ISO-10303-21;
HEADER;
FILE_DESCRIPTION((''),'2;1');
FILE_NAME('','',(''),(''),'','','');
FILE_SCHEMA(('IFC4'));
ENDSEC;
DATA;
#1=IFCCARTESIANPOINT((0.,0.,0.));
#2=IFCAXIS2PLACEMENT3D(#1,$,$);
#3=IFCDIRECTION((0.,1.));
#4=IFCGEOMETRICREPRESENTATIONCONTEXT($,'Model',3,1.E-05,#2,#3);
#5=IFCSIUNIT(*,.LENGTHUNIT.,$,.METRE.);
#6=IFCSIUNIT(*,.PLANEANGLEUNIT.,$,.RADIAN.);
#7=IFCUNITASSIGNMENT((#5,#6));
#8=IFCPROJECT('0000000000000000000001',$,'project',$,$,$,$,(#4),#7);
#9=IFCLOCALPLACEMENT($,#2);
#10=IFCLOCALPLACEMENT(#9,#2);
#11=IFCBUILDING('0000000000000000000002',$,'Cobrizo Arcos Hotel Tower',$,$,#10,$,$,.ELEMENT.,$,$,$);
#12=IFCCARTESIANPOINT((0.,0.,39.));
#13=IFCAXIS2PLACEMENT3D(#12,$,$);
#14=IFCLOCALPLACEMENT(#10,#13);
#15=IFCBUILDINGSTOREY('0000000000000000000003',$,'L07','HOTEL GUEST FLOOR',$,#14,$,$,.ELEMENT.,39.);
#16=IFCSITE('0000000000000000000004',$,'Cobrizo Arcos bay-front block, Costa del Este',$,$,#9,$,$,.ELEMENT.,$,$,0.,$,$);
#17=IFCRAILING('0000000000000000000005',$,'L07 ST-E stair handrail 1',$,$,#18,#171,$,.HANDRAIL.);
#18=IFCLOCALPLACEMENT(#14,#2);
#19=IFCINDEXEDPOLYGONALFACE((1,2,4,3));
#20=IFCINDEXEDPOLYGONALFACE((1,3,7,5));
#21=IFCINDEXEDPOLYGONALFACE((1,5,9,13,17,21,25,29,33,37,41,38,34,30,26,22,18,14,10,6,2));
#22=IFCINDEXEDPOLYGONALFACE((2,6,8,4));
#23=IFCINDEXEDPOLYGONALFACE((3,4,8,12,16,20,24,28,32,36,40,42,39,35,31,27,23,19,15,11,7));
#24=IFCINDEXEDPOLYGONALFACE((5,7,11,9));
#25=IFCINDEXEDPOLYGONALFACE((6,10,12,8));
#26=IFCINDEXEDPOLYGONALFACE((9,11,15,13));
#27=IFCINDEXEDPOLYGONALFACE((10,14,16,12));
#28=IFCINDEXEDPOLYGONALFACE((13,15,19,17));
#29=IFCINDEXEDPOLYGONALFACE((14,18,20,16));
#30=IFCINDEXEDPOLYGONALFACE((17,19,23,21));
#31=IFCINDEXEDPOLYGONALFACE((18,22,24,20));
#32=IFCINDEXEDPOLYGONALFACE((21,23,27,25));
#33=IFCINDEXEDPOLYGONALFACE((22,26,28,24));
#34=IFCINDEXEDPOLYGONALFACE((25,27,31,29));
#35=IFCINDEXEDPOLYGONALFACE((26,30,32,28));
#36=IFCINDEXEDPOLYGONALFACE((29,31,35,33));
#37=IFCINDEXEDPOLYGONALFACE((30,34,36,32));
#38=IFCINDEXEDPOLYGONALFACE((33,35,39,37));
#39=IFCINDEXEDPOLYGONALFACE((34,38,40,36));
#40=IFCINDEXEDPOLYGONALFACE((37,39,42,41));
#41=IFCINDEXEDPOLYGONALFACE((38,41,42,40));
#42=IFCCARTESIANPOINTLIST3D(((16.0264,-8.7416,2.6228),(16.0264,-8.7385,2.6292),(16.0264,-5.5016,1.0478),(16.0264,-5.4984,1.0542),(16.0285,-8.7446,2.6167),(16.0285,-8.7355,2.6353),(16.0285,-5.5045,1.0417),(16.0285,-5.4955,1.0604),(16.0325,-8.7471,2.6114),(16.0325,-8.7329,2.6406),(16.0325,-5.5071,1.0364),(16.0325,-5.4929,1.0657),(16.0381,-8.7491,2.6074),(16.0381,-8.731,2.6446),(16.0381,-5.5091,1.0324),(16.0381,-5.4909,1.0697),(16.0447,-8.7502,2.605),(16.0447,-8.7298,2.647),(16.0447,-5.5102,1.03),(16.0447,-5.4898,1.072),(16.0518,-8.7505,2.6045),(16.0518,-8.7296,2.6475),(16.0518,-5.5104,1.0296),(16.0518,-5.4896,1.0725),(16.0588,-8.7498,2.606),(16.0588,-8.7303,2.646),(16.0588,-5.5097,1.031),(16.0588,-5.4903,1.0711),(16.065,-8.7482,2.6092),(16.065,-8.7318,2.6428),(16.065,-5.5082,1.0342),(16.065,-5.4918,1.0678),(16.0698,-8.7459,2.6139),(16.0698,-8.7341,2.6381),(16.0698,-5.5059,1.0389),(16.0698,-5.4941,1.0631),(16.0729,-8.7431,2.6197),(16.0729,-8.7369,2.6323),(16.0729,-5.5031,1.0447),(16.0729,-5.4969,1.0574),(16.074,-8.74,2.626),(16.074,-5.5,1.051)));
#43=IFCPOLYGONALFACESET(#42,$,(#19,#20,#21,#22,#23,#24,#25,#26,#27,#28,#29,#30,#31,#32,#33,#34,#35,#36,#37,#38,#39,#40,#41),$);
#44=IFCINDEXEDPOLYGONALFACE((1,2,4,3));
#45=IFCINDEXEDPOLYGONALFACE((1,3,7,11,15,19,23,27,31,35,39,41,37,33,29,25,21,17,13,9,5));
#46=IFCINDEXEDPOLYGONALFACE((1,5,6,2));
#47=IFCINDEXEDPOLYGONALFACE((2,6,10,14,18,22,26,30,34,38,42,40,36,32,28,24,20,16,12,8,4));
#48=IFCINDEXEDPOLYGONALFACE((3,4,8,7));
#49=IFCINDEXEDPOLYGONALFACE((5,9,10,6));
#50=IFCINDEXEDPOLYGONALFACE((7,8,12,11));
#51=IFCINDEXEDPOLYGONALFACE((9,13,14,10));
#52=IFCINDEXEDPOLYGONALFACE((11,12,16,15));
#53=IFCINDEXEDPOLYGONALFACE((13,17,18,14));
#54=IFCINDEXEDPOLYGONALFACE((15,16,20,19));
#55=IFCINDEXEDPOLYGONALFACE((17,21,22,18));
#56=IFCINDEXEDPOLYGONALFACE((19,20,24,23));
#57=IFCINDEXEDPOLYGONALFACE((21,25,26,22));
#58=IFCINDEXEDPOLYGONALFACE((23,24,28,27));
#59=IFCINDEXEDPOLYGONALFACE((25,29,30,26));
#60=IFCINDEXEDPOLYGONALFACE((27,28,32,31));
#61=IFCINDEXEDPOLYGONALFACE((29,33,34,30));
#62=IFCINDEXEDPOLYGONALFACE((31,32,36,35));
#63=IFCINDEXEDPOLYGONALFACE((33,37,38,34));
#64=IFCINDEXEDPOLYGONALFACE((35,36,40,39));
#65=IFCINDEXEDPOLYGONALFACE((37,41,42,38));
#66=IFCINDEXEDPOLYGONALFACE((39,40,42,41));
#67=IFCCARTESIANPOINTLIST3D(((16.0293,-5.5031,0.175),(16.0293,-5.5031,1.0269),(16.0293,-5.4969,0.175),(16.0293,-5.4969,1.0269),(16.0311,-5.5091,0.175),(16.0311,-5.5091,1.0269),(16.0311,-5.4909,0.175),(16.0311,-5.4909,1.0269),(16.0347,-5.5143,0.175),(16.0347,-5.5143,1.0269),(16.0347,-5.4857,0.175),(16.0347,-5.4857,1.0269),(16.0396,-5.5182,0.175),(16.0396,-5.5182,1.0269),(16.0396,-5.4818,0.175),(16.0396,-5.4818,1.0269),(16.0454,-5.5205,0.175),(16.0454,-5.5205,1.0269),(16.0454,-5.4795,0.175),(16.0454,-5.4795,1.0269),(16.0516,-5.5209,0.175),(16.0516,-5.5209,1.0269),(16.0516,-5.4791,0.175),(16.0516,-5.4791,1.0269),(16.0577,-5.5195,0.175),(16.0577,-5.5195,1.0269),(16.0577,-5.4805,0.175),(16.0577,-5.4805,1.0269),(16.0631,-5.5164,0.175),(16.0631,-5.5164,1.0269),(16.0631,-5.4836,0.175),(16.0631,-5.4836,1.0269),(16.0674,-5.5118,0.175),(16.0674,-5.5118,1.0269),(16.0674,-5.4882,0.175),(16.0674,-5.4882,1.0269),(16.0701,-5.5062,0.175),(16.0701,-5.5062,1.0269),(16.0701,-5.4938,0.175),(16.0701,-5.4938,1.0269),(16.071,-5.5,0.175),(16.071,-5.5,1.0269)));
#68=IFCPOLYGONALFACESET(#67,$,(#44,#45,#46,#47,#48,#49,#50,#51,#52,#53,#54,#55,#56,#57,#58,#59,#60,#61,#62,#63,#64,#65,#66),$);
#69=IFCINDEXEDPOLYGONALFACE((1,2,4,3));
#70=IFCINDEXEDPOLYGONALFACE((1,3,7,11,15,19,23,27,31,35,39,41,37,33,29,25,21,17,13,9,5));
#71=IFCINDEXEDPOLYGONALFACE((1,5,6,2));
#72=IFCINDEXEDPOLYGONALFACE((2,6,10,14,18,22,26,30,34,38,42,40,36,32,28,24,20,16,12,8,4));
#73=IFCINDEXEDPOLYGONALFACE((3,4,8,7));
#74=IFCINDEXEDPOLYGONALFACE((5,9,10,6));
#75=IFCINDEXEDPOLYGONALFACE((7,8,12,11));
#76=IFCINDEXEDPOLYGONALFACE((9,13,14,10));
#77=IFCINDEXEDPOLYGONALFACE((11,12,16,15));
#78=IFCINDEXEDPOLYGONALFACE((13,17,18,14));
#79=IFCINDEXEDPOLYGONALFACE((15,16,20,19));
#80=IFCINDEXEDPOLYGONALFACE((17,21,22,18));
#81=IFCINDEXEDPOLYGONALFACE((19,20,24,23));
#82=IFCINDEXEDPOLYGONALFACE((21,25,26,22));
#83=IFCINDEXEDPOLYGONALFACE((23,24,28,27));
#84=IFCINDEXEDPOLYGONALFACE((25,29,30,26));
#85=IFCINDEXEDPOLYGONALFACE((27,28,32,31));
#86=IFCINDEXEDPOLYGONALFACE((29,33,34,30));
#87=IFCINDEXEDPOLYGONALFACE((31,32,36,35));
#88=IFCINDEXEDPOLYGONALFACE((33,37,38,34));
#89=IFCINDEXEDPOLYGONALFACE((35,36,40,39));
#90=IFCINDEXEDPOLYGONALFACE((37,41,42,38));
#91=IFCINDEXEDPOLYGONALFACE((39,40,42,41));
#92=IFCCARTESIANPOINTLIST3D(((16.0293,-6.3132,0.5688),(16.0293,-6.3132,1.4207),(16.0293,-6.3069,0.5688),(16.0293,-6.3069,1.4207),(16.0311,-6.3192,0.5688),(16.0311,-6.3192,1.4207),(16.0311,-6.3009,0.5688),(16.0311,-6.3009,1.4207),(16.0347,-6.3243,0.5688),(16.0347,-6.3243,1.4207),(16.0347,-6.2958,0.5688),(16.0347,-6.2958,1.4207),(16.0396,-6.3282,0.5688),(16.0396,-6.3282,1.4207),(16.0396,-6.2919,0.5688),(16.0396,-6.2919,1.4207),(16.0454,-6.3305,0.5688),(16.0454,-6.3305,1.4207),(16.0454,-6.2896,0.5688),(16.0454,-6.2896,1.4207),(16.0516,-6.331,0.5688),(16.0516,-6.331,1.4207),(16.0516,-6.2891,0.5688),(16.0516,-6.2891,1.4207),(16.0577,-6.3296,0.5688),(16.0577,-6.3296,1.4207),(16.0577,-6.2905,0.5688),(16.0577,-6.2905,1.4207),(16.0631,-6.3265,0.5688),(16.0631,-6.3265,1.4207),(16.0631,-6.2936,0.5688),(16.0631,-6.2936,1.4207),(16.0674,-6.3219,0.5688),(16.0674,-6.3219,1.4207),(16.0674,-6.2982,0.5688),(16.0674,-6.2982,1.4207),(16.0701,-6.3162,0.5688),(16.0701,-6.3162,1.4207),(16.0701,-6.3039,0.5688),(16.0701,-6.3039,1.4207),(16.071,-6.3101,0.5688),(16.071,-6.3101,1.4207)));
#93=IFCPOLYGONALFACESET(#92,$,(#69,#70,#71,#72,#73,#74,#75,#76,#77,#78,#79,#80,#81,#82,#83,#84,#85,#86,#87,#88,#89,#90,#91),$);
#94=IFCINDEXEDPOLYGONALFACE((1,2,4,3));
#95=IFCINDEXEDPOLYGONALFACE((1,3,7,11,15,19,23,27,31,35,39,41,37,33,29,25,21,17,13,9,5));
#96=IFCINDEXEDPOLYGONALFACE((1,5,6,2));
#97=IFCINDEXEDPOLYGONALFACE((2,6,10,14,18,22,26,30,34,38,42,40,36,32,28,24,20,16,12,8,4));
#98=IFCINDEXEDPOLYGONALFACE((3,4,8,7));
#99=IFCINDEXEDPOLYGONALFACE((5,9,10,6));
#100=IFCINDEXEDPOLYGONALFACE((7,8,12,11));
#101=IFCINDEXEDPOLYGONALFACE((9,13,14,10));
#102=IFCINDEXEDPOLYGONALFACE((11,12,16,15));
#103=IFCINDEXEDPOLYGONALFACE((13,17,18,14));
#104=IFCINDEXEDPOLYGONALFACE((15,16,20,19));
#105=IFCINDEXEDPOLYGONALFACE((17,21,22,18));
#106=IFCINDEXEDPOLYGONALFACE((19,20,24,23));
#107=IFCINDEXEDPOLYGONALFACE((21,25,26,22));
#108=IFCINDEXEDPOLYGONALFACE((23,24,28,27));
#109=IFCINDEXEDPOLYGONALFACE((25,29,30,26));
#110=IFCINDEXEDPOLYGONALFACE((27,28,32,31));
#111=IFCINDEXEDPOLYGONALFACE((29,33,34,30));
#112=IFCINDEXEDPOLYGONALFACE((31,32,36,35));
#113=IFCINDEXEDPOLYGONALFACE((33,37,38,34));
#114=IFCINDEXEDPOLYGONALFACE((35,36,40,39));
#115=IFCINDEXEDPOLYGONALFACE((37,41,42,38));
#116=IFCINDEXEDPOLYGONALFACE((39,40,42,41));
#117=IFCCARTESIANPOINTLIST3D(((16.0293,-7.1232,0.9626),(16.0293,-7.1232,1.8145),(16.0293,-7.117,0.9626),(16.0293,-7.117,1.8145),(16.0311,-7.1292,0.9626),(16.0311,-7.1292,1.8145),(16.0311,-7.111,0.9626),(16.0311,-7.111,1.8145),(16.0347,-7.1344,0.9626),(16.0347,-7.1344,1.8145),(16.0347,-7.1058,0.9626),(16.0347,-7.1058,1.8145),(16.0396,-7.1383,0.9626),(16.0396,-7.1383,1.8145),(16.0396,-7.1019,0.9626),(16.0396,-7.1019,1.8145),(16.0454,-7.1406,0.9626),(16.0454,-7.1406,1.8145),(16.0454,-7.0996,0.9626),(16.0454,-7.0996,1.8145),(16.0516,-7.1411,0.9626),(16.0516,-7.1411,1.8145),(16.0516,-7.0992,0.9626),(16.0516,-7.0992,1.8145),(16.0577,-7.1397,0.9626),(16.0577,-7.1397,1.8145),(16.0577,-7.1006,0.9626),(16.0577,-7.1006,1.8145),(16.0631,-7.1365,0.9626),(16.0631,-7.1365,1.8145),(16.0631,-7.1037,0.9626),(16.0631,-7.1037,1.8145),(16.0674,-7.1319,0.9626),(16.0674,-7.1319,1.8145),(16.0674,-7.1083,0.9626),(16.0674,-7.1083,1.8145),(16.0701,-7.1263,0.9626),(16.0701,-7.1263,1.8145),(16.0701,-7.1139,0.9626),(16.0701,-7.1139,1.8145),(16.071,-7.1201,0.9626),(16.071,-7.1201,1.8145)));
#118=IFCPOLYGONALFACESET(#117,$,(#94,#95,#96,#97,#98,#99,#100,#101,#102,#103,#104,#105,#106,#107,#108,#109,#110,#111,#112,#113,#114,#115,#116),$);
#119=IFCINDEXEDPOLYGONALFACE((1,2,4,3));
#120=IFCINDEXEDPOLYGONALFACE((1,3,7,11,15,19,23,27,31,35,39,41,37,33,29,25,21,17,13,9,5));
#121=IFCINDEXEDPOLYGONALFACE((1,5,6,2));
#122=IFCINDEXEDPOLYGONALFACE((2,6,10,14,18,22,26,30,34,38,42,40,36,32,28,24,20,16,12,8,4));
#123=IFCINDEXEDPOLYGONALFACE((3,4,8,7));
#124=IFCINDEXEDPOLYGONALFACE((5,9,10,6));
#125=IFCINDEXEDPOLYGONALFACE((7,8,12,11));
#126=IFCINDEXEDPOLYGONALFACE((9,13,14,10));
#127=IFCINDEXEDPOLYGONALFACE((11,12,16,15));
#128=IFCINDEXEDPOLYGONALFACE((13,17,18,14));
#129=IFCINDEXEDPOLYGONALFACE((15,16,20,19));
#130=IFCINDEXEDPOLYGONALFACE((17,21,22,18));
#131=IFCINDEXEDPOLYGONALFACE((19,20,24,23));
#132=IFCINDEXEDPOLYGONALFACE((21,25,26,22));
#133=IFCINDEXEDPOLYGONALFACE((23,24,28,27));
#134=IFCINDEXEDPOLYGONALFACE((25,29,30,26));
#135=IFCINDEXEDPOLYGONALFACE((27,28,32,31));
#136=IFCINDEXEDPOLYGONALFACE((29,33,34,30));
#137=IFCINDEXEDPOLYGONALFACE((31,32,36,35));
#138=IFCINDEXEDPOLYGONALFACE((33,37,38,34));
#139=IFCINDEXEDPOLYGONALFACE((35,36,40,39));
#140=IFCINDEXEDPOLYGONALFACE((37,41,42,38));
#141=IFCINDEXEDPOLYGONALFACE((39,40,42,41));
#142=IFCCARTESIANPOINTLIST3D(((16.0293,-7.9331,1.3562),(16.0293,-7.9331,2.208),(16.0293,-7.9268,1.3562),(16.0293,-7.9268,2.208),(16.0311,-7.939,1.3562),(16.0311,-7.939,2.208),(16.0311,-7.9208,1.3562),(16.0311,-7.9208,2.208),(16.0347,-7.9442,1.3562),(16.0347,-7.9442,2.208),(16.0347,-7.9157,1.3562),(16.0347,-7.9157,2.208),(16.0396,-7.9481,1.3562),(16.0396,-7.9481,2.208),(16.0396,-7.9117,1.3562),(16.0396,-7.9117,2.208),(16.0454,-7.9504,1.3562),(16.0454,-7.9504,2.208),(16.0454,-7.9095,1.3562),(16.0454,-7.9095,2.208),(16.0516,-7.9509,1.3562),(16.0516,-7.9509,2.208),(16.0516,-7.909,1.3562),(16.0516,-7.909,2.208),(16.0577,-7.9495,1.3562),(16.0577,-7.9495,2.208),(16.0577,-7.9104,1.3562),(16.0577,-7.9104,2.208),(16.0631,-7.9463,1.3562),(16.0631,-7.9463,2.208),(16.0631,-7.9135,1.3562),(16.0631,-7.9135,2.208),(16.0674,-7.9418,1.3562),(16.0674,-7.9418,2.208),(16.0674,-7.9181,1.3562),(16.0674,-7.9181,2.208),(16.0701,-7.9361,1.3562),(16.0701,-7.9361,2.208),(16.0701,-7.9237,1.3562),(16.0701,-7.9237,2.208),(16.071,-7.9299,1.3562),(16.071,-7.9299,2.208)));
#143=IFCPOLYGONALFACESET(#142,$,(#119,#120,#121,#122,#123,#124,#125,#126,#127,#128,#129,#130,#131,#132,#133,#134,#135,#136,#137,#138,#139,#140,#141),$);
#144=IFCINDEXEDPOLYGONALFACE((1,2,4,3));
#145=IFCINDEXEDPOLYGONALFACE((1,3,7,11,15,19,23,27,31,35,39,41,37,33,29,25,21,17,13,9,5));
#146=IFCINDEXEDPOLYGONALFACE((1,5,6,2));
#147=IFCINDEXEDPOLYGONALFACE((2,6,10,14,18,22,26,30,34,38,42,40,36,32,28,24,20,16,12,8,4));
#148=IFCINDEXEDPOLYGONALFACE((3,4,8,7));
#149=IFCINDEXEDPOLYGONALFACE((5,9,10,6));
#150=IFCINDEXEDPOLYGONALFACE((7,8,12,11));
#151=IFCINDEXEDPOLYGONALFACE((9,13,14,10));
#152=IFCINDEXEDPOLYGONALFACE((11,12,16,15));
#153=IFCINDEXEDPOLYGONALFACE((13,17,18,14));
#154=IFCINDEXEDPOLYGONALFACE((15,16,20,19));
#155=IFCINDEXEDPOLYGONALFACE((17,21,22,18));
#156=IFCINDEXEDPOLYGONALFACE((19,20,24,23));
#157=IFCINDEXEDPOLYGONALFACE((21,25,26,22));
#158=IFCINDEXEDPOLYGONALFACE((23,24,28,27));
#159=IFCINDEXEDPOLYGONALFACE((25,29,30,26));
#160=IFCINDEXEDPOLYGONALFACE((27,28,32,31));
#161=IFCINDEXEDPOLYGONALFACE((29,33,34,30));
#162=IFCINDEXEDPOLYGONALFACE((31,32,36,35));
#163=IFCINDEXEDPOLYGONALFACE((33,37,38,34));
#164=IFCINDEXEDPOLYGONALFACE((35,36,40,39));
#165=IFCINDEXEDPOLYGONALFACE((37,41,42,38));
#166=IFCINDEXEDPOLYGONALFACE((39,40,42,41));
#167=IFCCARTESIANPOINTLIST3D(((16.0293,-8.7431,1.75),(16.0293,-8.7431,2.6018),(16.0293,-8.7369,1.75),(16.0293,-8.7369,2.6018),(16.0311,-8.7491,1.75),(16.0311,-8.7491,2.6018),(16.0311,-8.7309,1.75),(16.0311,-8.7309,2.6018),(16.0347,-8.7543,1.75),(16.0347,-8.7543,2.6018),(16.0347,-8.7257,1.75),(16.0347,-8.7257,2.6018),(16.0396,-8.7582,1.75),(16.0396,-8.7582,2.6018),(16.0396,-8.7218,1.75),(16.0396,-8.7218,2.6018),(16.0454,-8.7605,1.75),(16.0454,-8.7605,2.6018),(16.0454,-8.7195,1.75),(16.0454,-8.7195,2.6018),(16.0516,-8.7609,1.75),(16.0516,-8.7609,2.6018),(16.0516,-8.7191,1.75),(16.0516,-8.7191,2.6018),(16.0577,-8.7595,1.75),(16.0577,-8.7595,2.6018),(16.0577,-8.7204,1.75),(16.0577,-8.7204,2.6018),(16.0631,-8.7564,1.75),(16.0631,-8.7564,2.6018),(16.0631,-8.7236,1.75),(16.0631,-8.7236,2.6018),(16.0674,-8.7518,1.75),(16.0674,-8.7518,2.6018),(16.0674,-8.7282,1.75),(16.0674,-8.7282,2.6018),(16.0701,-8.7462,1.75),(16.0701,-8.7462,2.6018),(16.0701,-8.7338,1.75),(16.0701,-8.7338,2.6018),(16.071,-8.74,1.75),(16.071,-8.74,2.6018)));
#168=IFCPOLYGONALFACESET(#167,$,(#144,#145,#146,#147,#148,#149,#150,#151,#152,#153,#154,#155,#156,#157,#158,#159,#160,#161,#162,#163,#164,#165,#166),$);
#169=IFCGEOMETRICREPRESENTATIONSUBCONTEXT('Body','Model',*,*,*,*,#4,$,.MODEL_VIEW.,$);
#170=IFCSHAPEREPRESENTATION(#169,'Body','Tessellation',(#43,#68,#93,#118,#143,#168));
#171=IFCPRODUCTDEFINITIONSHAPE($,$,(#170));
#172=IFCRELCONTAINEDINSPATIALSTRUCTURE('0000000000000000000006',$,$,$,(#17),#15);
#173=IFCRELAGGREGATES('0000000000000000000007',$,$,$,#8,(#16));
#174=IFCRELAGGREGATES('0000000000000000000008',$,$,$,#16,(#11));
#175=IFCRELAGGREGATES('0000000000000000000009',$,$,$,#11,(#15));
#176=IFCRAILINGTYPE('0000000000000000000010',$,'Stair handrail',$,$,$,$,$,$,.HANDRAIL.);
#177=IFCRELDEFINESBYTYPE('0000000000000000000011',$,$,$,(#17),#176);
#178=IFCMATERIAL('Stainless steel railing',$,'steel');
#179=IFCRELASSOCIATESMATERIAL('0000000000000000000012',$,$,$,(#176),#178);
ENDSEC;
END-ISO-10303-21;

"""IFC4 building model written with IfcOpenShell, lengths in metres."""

from ifc_helpers import new_model, si_unit, direction, frame, origin, origin_2d, place, context, subcontext, project, spatial, circle, extrude, material, type_object, element, save


model = new_model("IFC4")

# Units and contexts
model_context = context("Model", 3, precision=1e-05, world=origin(), true_north=direction((0.0, 1.0)))
body_context = subcontext(model_context, "Body", "Model", "MODEL_VIEW")
ifc_project = project(units=[si_unit("LENGTHUNIT", "METRE"), si_unit("PLANEANGLEUNIT", "RADIAN")], contexts=[model_context])

# Site, building, storey
site_placement = place(None, origin())
site = spatial("IfcSite", under=ifc_project, at=site_placement, Name="Cobrizo Arcos bay-front block, Costa del Este", CompositionType="ELEMENT", RefElevation=0.0)
building_placement = place(site_placement, origin())
building = spatial("IfcBuilding", under=site, at=building_placement, Name="Cobrizo Arcos Hotel Tower", CompositionType="ELEMENT")
storey_placement = place(building_placement, frame((0.0, 0.0, 39.0)))
storey = spatial("IfcBuildingStorey", under=building, at=storey_placement, Name="L07", Description="HOTEL GUEST FLOOR", CompositionType="ELEMENT", Elevation=39.0)

# Railing
ifc_material_1 = material(Name="Stainless steel railing", Category="steel")
railing_type_1 = type_object("IfcRailingType", Name="Stair handrail", PredefinedType="HANDRAIL", material=ifc_material_1)
railing_1_placement = place(storey_placement, frame((16.05, -5.5, 0.175)))
element("IfcRailing", 1, at=railing_1_placement, inside=storey, type_object=railing_type_1, Name="L07 ST-E stair handrail 1", PredefinedType="HANDRAIL", context=body_context, shape_type="SweptSolid", body=[
    extrude(circle(Radius=0.0239, at=origin_2d()), frame((0.0, 0.0, 0.876), z_axis=(0.0, -0.899373, 0.437183), x_axis=(1.0, 0.0, 0.0)), (0.0, 0.0, 1.0), 3.6025),
    extrude(circle(Radius=0.021, at=origin_2d()), origin(), (0.0, 0.0, 1.0), 0.8518),
    extrude(circle(Radius=0.021, at=origin_2d()), frame((0.0, -0.8101, 0.3938)), (0.0, 0.0, 1.0), 0.8518),
    extrude(circle(Radius=0.021, at=origin_2d()), frame((0.0, -1.6201, 0.7876)), (0.0, 0.0, 1.0), 0.8518),
    extrude(circle(Radius=0.021, at=origin_2d()), frame((0.0, -2.4299, 1.1812)), (0.0, 0.0, 1.0), 0.8518),
    extrude(circle(Radius=0.021, at=origin_2d()), frame((0.0, -3.24, 1.575)), (0.0, 0.0, 1.0), 0.8518),
])

save(model, "model.ifc")
